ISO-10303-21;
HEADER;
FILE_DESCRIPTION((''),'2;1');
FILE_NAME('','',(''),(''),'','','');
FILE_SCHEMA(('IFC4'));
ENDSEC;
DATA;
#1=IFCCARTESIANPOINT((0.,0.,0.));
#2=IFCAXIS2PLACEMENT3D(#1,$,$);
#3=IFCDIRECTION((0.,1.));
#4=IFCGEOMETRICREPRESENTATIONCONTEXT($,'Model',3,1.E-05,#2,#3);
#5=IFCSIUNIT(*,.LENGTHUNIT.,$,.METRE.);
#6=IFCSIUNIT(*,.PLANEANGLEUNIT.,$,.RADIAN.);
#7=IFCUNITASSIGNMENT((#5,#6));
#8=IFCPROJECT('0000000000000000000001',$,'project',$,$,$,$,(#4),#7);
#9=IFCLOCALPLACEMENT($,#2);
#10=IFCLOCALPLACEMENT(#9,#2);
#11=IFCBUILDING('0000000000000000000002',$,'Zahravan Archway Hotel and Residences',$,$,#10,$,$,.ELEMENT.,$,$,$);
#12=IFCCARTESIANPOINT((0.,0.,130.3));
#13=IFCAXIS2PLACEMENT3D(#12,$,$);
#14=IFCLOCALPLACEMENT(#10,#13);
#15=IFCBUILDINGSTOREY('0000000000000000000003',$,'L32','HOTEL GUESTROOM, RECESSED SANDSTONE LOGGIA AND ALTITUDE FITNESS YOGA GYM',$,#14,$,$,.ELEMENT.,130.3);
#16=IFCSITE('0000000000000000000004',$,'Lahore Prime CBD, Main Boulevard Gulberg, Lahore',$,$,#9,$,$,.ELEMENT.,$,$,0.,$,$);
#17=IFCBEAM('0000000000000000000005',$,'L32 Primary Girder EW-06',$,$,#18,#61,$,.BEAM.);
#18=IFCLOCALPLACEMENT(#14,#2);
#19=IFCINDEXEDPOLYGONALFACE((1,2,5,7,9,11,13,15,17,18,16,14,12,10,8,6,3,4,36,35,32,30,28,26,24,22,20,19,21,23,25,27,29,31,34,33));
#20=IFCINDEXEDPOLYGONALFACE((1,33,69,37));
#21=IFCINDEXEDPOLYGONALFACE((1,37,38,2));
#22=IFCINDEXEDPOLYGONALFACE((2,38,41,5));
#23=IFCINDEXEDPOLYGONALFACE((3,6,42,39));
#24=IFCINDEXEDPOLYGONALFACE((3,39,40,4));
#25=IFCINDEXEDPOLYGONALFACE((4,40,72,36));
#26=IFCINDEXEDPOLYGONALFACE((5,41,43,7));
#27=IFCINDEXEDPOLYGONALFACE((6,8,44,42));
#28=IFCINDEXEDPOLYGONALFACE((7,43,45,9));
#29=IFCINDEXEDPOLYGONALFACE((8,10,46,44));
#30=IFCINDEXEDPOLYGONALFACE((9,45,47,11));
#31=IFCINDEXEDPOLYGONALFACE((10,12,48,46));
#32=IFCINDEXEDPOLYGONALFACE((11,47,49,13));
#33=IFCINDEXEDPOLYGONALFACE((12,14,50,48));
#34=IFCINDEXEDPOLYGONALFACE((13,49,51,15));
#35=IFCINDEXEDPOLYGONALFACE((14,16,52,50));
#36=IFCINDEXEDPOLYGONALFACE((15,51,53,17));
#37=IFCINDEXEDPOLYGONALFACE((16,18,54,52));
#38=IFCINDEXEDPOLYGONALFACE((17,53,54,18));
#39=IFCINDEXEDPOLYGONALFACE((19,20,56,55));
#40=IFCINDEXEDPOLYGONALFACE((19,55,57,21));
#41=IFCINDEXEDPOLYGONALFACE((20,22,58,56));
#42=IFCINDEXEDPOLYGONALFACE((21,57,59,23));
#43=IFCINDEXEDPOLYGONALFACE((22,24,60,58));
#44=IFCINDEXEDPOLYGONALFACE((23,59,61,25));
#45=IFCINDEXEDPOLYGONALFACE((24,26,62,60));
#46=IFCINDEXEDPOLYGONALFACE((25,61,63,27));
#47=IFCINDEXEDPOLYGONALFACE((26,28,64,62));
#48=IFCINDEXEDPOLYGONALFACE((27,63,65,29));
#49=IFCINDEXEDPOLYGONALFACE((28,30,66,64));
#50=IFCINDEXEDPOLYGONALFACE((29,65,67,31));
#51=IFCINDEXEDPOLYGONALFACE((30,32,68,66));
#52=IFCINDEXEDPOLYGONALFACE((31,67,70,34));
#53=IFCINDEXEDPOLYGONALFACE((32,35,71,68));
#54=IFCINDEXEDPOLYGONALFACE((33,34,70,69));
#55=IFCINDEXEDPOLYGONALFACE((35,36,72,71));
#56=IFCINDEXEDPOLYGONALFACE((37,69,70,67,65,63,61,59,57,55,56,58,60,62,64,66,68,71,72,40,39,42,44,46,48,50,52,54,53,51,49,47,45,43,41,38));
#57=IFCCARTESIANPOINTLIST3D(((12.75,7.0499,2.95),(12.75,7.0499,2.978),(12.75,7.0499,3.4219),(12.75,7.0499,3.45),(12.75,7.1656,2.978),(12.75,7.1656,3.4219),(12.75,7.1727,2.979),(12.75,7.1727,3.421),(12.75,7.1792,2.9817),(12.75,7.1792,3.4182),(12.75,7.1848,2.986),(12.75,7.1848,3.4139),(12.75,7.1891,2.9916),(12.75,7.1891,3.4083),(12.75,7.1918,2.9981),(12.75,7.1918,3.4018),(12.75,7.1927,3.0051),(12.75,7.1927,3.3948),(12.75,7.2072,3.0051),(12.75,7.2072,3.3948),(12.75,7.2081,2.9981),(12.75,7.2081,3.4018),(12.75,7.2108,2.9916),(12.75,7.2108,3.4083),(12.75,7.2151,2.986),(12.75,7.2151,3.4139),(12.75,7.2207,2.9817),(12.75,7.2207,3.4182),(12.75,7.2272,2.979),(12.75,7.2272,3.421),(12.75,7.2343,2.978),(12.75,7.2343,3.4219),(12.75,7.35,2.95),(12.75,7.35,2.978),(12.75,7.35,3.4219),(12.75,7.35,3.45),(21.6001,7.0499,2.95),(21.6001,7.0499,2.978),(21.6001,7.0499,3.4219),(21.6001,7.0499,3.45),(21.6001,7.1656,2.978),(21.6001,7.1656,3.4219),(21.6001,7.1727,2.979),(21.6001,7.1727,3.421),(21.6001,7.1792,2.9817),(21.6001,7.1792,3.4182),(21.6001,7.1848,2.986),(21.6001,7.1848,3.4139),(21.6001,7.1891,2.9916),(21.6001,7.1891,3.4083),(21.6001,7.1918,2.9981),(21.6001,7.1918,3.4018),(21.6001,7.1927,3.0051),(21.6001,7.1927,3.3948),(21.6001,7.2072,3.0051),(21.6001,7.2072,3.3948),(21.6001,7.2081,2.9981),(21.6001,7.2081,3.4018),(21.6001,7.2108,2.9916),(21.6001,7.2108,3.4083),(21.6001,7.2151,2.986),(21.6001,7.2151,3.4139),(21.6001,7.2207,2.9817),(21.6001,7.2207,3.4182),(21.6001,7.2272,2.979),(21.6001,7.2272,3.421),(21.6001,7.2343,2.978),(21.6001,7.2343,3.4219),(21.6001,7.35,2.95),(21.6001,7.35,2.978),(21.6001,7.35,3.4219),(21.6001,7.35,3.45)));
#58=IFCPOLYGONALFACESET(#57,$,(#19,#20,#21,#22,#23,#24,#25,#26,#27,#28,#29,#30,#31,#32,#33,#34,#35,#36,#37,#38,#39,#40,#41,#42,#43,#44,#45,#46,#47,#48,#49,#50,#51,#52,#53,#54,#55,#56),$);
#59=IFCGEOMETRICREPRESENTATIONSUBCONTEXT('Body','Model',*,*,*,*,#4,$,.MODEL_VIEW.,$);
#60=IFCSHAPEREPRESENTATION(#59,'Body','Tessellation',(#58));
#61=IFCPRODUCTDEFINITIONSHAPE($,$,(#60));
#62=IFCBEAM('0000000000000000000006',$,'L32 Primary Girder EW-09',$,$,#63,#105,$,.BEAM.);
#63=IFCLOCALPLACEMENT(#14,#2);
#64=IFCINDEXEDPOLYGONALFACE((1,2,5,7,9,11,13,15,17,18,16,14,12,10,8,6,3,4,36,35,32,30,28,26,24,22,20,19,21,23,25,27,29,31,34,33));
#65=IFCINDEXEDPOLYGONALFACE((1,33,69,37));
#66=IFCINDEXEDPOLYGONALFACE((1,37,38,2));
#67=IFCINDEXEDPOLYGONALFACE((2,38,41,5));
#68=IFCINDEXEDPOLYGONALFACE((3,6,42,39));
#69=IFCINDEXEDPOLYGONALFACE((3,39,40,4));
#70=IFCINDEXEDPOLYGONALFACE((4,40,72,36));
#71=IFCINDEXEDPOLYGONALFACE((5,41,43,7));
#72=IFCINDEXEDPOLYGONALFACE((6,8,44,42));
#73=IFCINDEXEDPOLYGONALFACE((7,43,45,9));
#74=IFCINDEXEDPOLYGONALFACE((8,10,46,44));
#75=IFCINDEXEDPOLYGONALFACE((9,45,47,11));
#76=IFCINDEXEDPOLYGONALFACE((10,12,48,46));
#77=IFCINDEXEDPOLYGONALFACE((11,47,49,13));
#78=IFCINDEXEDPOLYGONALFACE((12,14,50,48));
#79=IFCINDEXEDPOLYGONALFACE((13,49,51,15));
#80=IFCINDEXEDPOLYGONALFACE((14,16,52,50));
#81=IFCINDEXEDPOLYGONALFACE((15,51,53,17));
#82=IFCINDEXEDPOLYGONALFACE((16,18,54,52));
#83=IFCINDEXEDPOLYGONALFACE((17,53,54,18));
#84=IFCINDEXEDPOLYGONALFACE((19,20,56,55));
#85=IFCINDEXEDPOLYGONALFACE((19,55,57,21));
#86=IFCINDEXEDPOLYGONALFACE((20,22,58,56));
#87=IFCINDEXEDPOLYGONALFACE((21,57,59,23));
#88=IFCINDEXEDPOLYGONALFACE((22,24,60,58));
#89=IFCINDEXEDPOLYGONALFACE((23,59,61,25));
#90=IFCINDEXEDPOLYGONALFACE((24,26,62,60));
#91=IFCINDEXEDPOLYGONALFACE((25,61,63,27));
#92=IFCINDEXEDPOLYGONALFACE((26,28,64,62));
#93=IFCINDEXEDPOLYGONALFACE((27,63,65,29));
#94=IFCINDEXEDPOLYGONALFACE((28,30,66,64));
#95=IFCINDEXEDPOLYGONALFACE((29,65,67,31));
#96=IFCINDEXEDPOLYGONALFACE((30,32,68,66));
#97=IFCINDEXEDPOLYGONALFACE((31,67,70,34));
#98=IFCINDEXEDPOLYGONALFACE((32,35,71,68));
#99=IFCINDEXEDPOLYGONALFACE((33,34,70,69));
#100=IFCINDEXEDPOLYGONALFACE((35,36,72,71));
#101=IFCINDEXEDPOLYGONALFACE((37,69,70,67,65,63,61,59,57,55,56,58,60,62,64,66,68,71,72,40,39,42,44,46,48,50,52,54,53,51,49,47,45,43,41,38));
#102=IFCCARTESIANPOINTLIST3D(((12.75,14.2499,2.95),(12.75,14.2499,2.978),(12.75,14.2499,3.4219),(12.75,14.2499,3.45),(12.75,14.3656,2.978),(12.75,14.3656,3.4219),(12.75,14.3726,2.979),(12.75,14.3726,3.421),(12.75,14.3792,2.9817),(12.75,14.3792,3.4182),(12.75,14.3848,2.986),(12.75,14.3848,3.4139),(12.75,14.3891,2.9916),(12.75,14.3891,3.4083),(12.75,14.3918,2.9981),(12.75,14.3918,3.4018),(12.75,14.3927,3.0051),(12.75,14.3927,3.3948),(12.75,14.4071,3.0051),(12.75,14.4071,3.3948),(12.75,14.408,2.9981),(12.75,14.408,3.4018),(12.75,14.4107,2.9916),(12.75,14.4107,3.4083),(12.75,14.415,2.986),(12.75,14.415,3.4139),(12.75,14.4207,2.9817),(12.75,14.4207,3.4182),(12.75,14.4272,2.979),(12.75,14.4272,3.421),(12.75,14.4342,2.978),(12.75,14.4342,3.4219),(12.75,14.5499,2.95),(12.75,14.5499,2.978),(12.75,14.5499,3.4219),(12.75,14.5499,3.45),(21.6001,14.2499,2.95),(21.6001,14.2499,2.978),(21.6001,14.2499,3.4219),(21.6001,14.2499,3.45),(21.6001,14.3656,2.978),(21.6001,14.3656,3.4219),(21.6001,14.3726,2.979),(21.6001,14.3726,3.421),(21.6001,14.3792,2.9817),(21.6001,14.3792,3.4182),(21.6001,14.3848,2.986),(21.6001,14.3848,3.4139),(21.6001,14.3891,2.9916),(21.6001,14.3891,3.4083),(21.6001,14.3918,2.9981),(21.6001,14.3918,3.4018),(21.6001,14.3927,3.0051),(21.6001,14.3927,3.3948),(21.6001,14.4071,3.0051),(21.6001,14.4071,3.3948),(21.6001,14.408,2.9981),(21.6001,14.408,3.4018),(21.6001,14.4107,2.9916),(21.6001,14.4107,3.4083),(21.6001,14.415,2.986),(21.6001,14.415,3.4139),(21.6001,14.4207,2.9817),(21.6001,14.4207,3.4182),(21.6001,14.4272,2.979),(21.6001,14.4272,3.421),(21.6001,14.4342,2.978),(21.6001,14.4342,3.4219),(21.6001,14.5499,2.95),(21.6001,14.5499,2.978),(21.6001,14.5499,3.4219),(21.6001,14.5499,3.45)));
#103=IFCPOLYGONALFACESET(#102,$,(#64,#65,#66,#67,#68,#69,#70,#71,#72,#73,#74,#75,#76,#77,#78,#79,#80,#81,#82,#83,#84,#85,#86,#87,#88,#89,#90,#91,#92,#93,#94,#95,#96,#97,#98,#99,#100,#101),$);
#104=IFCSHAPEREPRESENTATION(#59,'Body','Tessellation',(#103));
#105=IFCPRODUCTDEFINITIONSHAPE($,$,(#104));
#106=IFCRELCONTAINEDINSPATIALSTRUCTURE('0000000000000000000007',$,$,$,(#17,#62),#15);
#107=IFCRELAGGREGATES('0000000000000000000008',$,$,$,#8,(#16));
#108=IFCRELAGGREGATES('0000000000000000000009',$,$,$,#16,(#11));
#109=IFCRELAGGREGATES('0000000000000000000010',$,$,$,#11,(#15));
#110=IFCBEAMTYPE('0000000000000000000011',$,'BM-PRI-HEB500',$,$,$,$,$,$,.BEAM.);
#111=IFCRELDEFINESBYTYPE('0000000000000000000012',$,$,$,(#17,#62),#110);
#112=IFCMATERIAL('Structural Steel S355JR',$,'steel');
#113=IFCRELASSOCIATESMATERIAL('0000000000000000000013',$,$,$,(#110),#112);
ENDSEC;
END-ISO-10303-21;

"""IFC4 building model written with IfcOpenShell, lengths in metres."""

from ifc_helpers import new_model, si_unit, direction, frame, origin, origin_2d, place, context, subcontext, project, spatial, i_section, extrude, source, transform, mapped, material, material_profile, profile_set, type_object, element, save


model = new_model("IFC4")

# Units and contexts
model_context = context("Model", 3, precision=1e-05, world=origin(), true_north=direction((0.0, 1.0)))
body_context = subcontext(model_context, "Body", "Model", "MODEL_VIEW")
ifc_project = project(units=[si_unit("LENGTHUNIT", "METRE"), si_unit("PLANEANGLEUNIT", "RADIAN")], contexts=[model_context])

# Site, building, storey
site_placement = place(None, origin())
site = spatial("IfcSite", under=ifc_project, at=site_placement, Name="Lahore Prime CBD, Main Boulevard Gulberg, Lahore", CompositionType="ELEMENT", RefElevation=0.0)
building_placement = place(site_placement, origin())
building = spatial("IfcBuilding", under=site, at=building_placement, Name="Zahravan Archway Hotel and Residences", CompositionType="ELEMENT")
storey_placement = place(building_placement, frame((0.0, 0.0, 130.3)))
storey = spatial("IfcBuildingStorey", under=building, at=storey_placement, Name="L32", Description="HOTEL GUESTROOM, RECESSED SANDSTONE LOGGIA AND ALTITUDE FITNESS YOGA GYM", CompositionType="ELEMENT", Elevation=130.3)

# Beams
ifc_material_1 = material(Name="Structural Steel S355JR", Category="steel")
ifc_material_profile_1 = material_profile(ifc_material_1, i_section(OverallWidth=0.3, OverallDepth=0.5, WebThickness=0.0144, FlangeThickness=0.0281, FilletRadius=0.0271, at=origin_2d()), Name="HEB 500", Category="steel")
ifc_profile_set_1 = profile_set([ifc_material_profile_1], Name="Structural Steel S355JR")
beam_type = type_object("IfcBeamType", Name="BM-PRI-HEB500", PredefinedType="BEAM", material=ifc_profile_set_1)
shared_shape_1 = source(origin(), body_context, "Body", "SweptSolid", [
    extrude(i_section(OverallWidth=0.3, OverallDepth=0.5, WebThickness=0.0144, FlangeThickness=0.0281, FilletRadius=0.0271, at=origin_2d()), origin(), (0.0, 0.0, 1.0), 8.8501),
])
for number, where, z_axis, x_axis, name in (
    (1, (12.75, 7.2, 3.2), (1.0, 0.0, 0.0), (0.0, 1.0, 0.0), "L32 Primary Girder EW-06"),
    (2, (12.75, 14.3999, 3.2), (1.0, 0.0, 0.0), (0.0, 1.0, 0.0), "L32 Primary Girder EW-09"),
):
    element("IfcBeam", number, at=place(storey_placement, frame(where, z_axis=z_axis, x_axis=x_axis)), inside=storey, type_object=beam_type, Name=name, PredefinedType="BEAM", context=body_context, shape_type="MappedRepresentation", body=[
        mapped(shared_shape_1, transform((0.0, 0.0, 0.0), scale=1.0)),
    ])

save(model, "model.ifc")
